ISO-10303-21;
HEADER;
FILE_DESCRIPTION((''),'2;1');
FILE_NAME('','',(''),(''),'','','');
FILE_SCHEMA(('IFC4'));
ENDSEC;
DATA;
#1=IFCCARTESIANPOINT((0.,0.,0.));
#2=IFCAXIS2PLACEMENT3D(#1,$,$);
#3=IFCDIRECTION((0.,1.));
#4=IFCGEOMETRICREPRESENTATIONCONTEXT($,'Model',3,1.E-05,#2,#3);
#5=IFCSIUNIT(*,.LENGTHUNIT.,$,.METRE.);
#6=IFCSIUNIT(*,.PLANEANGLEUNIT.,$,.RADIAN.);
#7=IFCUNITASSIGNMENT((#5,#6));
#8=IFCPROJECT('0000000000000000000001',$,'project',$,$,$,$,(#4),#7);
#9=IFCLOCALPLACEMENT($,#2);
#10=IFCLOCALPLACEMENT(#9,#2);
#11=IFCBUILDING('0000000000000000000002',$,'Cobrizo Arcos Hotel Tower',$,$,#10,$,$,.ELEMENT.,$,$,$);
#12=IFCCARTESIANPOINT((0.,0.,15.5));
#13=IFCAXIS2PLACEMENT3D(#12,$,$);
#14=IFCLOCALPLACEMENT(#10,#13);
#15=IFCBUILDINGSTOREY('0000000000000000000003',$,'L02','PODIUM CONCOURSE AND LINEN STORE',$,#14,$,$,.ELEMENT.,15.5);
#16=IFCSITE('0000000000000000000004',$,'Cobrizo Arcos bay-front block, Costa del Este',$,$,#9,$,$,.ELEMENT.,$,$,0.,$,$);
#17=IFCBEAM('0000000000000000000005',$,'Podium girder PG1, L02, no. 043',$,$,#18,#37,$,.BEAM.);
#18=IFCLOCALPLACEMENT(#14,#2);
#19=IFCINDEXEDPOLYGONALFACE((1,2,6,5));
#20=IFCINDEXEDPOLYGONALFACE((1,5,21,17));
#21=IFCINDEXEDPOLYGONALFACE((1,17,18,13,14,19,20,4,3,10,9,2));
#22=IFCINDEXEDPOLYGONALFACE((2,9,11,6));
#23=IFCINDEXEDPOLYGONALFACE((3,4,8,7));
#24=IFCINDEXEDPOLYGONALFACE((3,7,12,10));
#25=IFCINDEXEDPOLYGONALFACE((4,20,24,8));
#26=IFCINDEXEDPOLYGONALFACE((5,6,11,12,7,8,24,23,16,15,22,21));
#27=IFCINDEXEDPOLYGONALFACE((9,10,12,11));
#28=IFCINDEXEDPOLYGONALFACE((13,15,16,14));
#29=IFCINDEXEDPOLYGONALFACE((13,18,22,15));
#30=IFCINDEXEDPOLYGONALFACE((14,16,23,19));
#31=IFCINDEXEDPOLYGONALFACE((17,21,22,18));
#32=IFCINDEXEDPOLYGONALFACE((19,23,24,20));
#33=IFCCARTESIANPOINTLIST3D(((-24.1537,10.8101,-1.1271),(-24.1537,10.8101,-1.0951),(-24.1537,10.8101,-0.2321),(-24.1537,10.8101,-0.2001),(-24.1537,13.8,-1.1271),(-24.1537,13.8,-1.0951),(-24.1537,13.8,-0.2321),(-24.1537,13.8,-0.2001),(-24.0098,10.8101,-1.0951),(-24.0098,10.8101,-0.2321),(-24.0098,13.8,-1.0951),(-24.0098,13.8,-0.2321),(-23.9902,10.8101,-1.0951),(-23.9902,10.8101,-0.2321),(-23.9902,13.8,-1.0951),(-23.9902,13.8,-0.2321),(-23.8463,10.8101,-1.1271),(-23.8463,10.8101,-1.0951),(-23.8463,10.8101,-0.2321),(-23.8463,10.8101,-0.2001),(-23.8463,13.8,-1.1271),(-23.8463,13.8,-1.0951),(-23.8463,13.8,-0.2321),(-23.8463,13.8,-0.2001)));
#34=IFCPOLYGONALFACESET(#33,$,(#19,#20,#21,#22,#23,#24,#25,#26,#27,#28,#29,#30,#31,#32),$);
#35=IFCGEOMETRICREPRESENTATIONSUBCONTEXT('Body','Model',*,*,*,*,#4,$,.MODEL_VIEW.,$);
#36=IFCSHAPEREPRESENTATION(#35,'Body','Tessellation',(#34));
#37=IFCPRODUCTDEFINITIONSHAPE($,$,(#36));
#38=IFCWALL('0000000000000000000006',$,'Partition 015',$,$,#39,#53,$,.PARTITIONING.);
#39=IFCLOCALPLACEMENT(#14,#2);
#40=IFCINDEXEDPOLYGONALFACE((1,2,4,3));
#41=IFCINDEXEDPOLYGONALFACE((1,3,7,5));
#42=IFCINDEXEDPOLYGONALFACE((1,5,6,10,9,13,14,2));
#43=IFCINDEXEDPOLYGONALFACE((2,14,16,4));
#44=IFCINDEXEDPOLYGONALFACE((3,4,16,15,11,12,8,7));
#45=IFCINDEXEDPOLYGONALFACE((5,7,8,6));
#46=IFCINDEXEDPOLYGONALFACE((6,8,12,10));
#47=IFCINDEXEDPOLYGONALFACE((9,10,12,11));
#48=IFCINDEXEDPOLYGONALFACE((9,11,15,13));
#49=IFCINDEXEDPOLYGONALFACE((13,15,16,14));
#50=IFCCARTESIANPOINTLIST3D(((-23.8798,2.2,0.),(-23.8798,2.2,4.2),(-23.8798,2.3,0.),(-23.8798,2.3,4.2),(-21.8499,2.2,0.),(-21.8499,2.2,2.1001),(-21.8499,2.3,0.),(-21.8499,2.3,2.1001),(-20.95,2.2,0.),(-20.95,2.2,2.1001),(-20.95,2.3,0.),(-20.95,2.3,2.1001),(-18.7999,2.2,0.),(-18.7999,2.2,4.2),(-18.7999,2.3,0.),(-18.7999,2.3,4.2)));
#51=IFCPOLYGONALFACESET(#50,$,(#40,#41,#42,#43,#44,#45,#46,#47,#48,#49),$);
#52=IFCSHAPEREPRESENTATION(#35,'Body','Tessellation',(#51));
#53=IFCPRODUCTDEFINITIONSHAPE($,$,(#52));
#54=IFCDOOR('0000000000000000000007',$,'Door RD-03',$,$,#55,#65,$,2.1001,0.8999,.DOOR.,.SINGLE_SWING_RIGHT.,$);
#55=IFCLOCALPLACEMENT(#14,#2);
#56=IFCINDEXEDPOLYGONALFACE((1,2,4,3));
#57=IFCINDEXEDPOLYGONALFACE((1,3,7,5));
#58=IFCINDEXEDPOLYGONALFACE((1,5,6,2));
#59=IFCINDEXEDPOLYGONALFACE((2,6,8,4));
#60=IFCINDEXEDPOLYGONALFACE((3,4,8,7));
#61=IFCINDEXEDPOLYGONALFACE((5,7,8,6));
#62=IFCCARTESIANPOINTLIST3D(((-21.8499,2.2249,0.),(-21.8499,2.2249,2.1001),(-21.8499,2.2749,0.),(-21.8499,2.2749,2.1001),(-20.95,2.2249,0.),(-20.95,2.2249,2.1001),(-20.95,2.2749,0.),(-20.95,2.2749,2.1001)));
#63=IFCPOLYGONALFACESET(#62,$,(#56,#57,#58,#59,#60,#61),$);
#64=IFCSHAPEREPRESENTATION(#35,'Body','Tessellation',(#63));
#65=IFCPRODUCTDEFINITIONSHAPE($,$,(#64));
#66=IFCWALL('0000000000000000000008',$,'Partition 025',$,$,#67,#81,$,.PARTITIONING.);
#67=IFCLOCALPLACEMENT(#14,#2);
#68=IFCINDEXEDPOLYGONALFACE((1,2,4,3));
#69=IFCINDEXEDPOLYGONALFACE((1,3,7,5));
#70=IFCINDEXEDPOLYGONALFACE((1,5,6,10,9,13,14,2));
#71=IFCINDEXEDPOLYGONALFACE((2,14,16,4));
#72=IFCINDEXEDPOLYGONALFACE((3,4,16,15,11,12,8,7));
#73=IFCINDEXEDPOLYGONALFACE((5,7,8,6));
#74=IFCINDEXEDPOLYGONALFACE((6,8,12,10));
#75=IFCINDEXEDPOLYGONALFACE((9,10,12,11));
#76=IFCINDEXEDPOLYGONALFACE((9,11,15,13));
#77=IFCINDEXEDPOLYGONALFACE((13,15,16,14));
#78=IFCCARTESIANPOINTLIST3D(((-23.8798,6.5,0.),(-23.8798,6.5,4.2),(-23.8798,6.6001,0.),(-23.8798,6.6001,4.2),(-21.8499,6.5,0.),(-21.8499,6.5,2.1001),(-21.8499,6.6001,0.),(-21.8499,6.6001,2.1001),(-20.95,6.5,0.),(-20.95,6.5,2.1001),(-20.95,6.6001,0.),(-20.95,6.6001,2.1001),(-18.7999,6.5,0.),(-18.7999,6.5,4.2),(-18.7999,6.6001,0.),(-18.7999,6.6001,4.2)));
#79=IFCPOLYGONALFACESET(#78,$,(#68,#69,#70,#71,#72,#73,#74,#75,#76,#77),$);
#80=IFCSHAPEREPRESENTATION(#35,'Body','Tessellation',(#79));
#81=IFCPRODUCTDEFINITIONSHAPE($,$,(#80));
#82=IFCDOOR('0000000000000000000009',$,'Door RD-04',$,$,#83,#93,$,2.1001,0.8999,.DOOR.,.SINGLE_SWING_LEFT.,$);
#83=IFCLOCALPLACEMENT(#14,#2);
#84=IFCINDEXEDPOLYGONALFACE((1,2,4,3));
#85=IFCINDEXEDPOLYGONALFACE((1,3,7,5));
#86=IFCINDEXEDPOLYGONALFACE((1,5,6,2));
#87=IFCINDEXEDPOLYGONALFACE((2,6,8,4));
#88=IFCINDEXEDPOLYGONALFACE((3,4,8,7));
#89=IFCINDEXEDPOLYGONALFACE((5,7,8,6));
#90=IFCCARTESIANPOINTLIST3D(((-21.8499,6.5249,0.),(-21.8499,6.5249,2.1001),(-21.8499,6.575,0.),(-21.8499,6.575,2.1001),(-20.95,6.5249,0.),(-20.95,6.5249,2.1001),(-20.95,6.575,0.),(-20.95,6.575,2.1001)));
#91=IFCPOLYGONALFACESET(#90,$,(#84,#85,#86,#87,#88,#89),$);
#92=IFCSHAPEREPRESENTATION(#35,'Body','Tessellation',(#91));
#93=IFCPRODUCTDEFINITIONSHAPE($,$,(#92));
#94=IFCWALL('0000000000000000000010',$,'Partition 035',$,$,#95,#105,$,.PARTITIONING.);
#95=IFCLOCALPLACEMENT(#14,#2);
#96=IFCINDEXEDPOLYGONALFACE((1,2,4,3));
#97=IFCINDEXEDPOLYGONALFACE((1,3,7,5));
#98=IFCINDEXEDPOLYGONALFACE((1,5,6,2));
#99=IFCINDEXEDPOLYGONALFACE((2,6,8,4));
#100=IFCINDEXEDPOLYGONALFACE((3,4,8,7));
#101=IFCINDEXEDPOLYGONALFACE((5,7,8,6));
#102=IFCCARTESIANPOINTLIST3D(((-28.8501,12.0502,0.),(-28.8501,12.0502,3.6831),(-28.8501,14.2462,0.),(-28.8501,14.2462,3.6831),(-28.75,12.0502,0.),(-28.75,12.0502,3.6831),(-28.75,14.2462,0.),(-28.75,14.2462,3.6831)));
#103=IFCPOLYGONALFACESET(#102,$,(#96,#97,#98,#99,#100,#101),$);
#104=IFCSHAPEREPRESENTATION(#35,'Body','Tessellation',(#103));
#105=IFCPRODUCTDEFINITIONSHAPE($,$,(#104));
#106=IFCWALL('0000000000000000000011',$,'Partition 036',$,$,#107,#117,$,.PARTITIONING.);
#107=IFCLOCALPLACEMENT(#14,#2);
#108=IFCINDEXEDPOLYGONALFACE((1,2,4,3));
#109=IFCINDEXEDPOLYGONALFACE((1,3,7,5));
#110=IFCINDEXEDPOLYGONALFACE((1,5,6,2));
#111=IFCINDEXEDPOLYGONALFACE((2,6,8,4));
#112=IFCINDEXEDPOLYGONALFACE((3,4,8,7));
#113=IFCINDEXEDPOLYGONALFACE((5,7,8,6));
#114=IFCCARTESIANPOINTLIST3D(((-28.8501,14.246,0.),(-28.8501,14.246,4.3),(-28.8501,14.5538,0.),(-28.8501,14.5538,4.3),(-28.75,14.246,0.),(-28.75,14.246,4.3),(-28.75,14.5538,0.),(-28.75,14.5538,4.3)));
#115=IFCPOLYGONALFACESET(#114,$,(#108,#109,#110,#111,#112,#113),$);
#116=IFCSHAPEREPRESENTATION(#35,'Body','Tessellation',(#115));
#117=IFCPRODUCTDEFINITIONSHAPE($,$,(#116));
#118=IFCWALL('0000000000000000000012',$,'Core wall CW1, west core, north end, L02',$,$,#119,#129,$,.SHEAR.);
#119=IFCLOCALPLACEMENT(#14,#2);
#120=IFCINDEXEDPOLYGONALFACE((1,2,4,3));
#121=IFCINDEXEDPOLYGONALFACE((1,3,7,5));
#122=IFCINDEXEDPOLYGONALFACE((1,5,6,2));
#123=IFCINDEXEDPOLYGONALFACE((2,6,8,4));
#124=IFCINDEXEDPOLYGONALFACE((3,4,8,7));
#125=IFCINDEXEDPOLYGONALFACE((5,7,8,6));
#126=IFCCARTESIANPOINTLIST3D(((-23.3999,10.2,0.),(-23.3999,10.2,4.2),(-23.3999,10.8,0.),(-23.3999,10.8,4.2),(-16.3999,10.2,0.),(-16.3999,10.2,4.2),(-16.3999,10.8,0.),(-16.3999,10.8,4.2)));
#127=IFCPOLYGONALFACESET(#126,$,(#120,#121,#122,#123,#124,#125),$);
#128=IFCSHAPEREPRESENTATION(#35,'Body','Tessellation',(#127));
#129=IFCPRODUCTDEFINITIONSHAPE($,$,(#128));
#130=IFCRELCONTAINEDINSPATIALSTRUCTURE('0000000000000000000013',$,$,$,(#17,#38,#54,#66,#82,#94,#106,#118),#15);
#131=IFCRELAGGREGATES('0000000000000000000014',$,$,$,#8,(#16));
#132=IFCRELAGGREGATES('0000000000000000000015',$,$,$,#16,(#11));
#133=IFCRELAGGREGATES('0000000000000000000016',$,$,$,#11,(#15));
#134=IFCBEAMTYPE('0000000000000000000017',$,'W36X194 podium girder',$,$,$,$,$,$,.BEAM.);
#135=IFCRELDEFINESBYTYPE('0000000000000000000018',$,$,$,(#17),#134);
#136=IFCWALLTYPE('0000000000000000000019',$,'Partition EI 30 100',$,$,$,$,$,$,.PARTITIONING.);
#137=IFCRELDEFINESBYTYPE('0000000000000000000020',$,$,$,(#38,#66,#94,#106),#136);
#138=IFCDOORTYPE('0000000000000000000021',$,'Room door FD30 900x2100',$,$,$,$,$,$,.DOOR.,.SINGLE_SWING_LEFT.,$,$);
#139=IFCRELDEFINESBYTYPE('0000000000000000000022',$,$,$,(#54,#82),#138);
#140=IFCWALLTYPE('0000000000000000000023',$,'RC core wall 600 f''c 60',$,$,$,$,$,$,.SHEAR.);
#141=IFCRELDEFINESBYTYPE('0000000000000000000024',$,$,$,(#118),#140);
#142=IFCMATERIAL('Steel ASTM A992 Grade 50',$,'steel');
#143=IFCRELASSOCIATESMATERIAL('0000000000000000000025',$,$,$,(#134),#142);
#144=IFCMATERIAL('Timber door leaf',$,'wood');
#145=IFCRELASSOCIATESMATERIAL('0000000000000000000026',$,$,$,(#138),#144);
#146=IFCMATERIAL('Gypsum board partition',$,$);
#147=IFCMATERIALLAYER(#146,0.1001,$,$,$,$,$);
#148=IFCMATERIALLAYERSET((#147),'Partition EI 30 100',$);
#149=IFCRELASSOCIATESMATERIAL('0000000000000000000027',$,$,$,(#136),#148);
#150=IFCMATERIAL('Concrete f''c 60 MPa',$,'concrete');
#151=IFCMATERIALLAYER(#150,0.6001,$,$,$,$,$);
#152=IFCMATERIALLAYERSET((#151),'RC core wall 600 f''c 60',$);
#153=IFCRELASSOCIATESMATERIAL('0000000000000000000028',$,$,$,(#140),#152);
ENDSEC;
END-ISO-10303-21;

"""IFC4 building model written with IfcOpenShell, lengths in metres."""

from ifc_helpers import new_model, si_unit, direction, frame, frame_2d, origin, origin_2d, place, context, subcontext, project, spatial, rectangle, i_section, extrude, material, layer, layer_set, material_profile, profile_set, type_object, element, fill, save


model = new_model("IFC4")

# Units and contexts
model_context = context("Model", 3, precision=1e-05, world=origin(), true_north=direction((0.0, 1.0)))
body_context = subcontext(model_context, "Body", "Model", "MODEL_VIEW")
ifc_project = project(units=[si_unit("LENGTHUNIT", "METRE"), si_unit("PLANEANGLEUNIT", "RADIAN")], contexts=[model_context])

# Site, building, storey
site_placement = place(None, origin())
site = spatial("IfcSite", under=ifc_project, at=site_placement, Name="Cobrizo Arcos bay-front block, Costa del Este", CompositionType="ELEMENT", RefElevation=0.0)
building_placement = place(site_placement, origin())
building = spatial("IfcBuilding", under=site, at=building_placement, Name="Cobrizo Arcos Hotel Tower", CompositionType="ELEMENT")
storey_placement = place(building_placement, frame((0.0, 0.0, 15.5)))
storey = spatial("IfcBuildingStorey", under=building, at=storey_placement, Name="L02", Description="PODIUM CONCOURSE AND LINEN STORE", CompositionType="ELEMENT", Elevation=15.5)

# Beam
ifc_material_1 = material(Name="Steel ASTM A992 Grade 50", Category="steel")
ifc_material_profile_1 = material_profile(ifc_material_1, i_section(OverallWidth=0.3074, OverallDepth=0.927, WebThickness=0.0195, FlangeThickness=0.032, at=origin_2d()), Name="W36X194")
ifc_profile_set_1 = profile_set([ifc_material_profile_1], Name="Steel ASTM A992 Grade 50")
beam_type_1 = type_object("IfcBeamType", Name="W36X194 podium girder", PredefinedType="BEAM", material=ifc_profile_set_1)
beam_1_placement = place(storey_placement, frame((-24.0, 10.8101, -0.6636), z_axis=(0.0, 1.0, 0.0), x_axis=(-1.0, 0.0, 0.0)))
element("IfcBeam", 1, at=beam_1_placement, inside=storey, type_object=beam_type_1, Name="Podium girder PG1, L02, no. 043", PredefinedType="BEAM", context=body_context, shape_type="SweptSolid", body=[
    extrude(i_section(OverallWidth=0.3074, OverallDepth=0.927, WebThickness=0.0195, FlangeThickness=0.032, at=origin_2d()), origin(), (0.0, 0.0, 1.0), 2.99),
])

# Shared definitions
ifc_material_2 = material(Name="Gypsum board partition")
ifc_material_3 = material(Name="Timber door leaf", Category="wood")
door_type = type_object("IfcDoorType", Name="Room door FD30 900x2100", OperationType="SINGLE_SWING_LEFT", PredefinedType="DOOR", material=ifc_material_3)

# Walls, openings, doors
ifc_layer_1 = layer(ifc_material_2, 0.1001)
ifc_layer_set_1 = layer_set([ifc_layer_1], Name="Partition EI 30 100")
wall_type_1 = type_object("IfcWallType", Name="Partition EI 30 100", PredefinedType="PARTITIONING", material=ifc_layer_set_1)
wall_1_placement = place(storey_placement, frame((-23.8799, 2.25, 0.0), z_axis=(0.0, 0.0, 1.0), x_axis=(1.0, 0.0, 0.0)))
wall_1 = element("IfcWall", 2, at=wall_1_placement, inside=storey, type_object=wall_type_1, Name="Partition 015", PredefinedType="PARTITIONING", context=body_context, shape_type="SweptSolid", body=[
    extrude(rectangle(XDim=5.0798, YDim=0.1001, at=frame_2d((2.54, 0.0))), origin(), (0.0, 0.0, 1.0), 4.2),
])
opening_1_placement = place(wall_1_placement, frame((2.03, 0.0, 0.0)))
opening_1 = element("IfcOpeningElement", 3, at=opening_1_placement, cuts=wall_1, PredefinedType="OPENING", context=body_context, shape_type="SweptSolid", body=[
    extrude(rectangle(XDim=0.8999, YDim=2.1001, at=frame_2d((0.45, 1.05))), frame((0.0, 0.062, 0.0), z_axis=(0.0, -1.0, 0.0), x_axis=(1.0, 0.0, 0.0)), (0.0, 0.0, 1.0), 0.124),
])
door_1_placement = place(opening_1_placement, origin())
door_1 = element("IfcDoor", 4, at=door_1_placement, inside=storey, type_object=door_type, Name="Door RD-03", OperationType="SINGLE_SWING_RIGHT", OverallHeight=2.1001, OverallWidth=0.8999, PredefinedType="DOOR", context=body_context, shape_type="SweptSolid", body=[
    extrude(rectangle(XDim=0.8999, YDim=2.1001, at=frame_2d((0.45, 1.05))), frame((0.0, 0.0249, 0.0), z_axis=(0.0, -1.0, 0.0), x_axis=(1.0, 0.0, 0.0)), (0.0, 0.0, 1.0), 0.05),
])
fill(opening_1, door_1)
wall_2_placement = place(storey_placement, frame((-23.8799, 6.55, 0.0), z_axis=(0.0, 0.0, 1.0), x_axis=(1.0, 0.0, 0.0)))
wall_2 = element("IfcWall", 5, at=wall_2_placement, inside=storey, type_object=wall_type_1, Name="Partition 025", PredefinedType="PARTITIONING", context=body_context, shape_type="SweptSolid", body=[
    extrude(rectangle(XDim=5.0798, YDim=0.1001, at=frame_2d((2.54, 0.0))), origin(), (0.0, 0.0, 1.0), 4.2),
])
opening_2_placement = place(wall_2_placement, frame((2.03, 0.0, 0.0)))
opening_2 = element("IfcOpeningElement", 6, at=opening_2_placement, cuts=wall_2, PredefinedType="OPENING", context=body_context, shape_type="SweptSolid", body=[
    extrude(rectangle(XDim=0.8999, YDim=2.1001, at=frame_2d((0.45, 1.05))), frame((0.0, 0.062, 0.0), z_axis=(0.0, -1.0, 0.0), x_axis=(1.0, 0.0, 0.0)), (0.0, 0.0, 1.0), 0.124),
])
door_2_placement = place(opening_2_placement, origin())
door_2 = element("IfcDoor", 7, at=door_2_placement, inside=storey, type_object=door_type, Name="Door RD-04", OperationType="SINGLE_SWING_LEFT", OverallHeight=2.1001, OverallWidth=0.8999, PredefinedType="DOOR", context=body_context, shape_type="SweptSolid", body=[
    extrude(rectangle(XDim=0.8999, YDim=2.1001, at=frame_2d((0.45, 1.05))), frame((0.0, 0.0249, 0.0), z_axis=(0.0, -1.0, 0.0), x_axis=(1.0, 0.0, 0.0)), (0.0, 0.0, 1.0), 0.05),
])
fill(opening_2, door_2)

# Walls
wall_3_placement = place(storey_placement, frame((-28.8, 12.05, 0.0), z_axis=(0.0, 0.0, 1.0), x_axis=(0.0, 1.0, 0.0)))
element("IfcWall", 8, at=wall_3_placement, inside=storey, type_object=wall_type_1, Name="Partition 035", PredefinedType="PARTITIONING", context=body_context, shape_type="SweptSolid", body=[
    extrude(rectangle(XDim=2.196, YDim=0.1001, at=frame_2d((1.0981, 0.0))), origin(), (0.0, 0.0, 1.0), 3.6831),
])
wall_4_placement = place(storey_placement, frame((-28.8, 14.2461, 0.0), z_axis=(0.0, 0.0, 1.0), x_axis=(0.0, 1.0, 0.0)))
element("IfcWall", 9, at=wall_4_placement, inside=storey, type_object=wall_type_1, Name="Partition 036", PredefinedType="PARTITIONING", context=body_context, shape_type="SweptSolid", body=[
    extrude(rectangle(XDim=0.3079, YDim=0.1001, at=frame_2d((0.1538, 0.0))), origin(), (0.0, 0.0, 1.0), 4.3),
])
ifc_material_4 = material(Name="Concrete f'c 60 MPa", Category="concrete")
ifc_layer_2 = layer(ifc_material_4, 0.6001)
ifc_layer_set_2 = layer_set([ifc_layer_2], Name="RC core wall 600 f'c 60")
wall_type_2 = type_object("IfcWallType", Name="RC core wall 600 f'c 60", PredefinedType="SHEAR", material=ifc_layer_set_2)
wall_5_placement = place(storey_placement, frame((-23.3999, 10.5, 0.0), z_axis=(0.0, 0.0, 1.0), x_axis=(1.0, 0.0, 0.0)))
element("IfcWall", 10, at=wall_5_placement, inside=storey, type_object=wall_type_2, Name="Core wall CW1, west core, north end, L02", PredefinedType="SHEAR", context=body_context, shape_type="SweptSolid", body=[
    extrude(rectangle(XDim=7.0, YDim=0.6001, at=frame_2d((3.5, 0.0))), origin(), (0.0, 0.0, 1.0), 4.2),
])

save(model, "model.ifc")
